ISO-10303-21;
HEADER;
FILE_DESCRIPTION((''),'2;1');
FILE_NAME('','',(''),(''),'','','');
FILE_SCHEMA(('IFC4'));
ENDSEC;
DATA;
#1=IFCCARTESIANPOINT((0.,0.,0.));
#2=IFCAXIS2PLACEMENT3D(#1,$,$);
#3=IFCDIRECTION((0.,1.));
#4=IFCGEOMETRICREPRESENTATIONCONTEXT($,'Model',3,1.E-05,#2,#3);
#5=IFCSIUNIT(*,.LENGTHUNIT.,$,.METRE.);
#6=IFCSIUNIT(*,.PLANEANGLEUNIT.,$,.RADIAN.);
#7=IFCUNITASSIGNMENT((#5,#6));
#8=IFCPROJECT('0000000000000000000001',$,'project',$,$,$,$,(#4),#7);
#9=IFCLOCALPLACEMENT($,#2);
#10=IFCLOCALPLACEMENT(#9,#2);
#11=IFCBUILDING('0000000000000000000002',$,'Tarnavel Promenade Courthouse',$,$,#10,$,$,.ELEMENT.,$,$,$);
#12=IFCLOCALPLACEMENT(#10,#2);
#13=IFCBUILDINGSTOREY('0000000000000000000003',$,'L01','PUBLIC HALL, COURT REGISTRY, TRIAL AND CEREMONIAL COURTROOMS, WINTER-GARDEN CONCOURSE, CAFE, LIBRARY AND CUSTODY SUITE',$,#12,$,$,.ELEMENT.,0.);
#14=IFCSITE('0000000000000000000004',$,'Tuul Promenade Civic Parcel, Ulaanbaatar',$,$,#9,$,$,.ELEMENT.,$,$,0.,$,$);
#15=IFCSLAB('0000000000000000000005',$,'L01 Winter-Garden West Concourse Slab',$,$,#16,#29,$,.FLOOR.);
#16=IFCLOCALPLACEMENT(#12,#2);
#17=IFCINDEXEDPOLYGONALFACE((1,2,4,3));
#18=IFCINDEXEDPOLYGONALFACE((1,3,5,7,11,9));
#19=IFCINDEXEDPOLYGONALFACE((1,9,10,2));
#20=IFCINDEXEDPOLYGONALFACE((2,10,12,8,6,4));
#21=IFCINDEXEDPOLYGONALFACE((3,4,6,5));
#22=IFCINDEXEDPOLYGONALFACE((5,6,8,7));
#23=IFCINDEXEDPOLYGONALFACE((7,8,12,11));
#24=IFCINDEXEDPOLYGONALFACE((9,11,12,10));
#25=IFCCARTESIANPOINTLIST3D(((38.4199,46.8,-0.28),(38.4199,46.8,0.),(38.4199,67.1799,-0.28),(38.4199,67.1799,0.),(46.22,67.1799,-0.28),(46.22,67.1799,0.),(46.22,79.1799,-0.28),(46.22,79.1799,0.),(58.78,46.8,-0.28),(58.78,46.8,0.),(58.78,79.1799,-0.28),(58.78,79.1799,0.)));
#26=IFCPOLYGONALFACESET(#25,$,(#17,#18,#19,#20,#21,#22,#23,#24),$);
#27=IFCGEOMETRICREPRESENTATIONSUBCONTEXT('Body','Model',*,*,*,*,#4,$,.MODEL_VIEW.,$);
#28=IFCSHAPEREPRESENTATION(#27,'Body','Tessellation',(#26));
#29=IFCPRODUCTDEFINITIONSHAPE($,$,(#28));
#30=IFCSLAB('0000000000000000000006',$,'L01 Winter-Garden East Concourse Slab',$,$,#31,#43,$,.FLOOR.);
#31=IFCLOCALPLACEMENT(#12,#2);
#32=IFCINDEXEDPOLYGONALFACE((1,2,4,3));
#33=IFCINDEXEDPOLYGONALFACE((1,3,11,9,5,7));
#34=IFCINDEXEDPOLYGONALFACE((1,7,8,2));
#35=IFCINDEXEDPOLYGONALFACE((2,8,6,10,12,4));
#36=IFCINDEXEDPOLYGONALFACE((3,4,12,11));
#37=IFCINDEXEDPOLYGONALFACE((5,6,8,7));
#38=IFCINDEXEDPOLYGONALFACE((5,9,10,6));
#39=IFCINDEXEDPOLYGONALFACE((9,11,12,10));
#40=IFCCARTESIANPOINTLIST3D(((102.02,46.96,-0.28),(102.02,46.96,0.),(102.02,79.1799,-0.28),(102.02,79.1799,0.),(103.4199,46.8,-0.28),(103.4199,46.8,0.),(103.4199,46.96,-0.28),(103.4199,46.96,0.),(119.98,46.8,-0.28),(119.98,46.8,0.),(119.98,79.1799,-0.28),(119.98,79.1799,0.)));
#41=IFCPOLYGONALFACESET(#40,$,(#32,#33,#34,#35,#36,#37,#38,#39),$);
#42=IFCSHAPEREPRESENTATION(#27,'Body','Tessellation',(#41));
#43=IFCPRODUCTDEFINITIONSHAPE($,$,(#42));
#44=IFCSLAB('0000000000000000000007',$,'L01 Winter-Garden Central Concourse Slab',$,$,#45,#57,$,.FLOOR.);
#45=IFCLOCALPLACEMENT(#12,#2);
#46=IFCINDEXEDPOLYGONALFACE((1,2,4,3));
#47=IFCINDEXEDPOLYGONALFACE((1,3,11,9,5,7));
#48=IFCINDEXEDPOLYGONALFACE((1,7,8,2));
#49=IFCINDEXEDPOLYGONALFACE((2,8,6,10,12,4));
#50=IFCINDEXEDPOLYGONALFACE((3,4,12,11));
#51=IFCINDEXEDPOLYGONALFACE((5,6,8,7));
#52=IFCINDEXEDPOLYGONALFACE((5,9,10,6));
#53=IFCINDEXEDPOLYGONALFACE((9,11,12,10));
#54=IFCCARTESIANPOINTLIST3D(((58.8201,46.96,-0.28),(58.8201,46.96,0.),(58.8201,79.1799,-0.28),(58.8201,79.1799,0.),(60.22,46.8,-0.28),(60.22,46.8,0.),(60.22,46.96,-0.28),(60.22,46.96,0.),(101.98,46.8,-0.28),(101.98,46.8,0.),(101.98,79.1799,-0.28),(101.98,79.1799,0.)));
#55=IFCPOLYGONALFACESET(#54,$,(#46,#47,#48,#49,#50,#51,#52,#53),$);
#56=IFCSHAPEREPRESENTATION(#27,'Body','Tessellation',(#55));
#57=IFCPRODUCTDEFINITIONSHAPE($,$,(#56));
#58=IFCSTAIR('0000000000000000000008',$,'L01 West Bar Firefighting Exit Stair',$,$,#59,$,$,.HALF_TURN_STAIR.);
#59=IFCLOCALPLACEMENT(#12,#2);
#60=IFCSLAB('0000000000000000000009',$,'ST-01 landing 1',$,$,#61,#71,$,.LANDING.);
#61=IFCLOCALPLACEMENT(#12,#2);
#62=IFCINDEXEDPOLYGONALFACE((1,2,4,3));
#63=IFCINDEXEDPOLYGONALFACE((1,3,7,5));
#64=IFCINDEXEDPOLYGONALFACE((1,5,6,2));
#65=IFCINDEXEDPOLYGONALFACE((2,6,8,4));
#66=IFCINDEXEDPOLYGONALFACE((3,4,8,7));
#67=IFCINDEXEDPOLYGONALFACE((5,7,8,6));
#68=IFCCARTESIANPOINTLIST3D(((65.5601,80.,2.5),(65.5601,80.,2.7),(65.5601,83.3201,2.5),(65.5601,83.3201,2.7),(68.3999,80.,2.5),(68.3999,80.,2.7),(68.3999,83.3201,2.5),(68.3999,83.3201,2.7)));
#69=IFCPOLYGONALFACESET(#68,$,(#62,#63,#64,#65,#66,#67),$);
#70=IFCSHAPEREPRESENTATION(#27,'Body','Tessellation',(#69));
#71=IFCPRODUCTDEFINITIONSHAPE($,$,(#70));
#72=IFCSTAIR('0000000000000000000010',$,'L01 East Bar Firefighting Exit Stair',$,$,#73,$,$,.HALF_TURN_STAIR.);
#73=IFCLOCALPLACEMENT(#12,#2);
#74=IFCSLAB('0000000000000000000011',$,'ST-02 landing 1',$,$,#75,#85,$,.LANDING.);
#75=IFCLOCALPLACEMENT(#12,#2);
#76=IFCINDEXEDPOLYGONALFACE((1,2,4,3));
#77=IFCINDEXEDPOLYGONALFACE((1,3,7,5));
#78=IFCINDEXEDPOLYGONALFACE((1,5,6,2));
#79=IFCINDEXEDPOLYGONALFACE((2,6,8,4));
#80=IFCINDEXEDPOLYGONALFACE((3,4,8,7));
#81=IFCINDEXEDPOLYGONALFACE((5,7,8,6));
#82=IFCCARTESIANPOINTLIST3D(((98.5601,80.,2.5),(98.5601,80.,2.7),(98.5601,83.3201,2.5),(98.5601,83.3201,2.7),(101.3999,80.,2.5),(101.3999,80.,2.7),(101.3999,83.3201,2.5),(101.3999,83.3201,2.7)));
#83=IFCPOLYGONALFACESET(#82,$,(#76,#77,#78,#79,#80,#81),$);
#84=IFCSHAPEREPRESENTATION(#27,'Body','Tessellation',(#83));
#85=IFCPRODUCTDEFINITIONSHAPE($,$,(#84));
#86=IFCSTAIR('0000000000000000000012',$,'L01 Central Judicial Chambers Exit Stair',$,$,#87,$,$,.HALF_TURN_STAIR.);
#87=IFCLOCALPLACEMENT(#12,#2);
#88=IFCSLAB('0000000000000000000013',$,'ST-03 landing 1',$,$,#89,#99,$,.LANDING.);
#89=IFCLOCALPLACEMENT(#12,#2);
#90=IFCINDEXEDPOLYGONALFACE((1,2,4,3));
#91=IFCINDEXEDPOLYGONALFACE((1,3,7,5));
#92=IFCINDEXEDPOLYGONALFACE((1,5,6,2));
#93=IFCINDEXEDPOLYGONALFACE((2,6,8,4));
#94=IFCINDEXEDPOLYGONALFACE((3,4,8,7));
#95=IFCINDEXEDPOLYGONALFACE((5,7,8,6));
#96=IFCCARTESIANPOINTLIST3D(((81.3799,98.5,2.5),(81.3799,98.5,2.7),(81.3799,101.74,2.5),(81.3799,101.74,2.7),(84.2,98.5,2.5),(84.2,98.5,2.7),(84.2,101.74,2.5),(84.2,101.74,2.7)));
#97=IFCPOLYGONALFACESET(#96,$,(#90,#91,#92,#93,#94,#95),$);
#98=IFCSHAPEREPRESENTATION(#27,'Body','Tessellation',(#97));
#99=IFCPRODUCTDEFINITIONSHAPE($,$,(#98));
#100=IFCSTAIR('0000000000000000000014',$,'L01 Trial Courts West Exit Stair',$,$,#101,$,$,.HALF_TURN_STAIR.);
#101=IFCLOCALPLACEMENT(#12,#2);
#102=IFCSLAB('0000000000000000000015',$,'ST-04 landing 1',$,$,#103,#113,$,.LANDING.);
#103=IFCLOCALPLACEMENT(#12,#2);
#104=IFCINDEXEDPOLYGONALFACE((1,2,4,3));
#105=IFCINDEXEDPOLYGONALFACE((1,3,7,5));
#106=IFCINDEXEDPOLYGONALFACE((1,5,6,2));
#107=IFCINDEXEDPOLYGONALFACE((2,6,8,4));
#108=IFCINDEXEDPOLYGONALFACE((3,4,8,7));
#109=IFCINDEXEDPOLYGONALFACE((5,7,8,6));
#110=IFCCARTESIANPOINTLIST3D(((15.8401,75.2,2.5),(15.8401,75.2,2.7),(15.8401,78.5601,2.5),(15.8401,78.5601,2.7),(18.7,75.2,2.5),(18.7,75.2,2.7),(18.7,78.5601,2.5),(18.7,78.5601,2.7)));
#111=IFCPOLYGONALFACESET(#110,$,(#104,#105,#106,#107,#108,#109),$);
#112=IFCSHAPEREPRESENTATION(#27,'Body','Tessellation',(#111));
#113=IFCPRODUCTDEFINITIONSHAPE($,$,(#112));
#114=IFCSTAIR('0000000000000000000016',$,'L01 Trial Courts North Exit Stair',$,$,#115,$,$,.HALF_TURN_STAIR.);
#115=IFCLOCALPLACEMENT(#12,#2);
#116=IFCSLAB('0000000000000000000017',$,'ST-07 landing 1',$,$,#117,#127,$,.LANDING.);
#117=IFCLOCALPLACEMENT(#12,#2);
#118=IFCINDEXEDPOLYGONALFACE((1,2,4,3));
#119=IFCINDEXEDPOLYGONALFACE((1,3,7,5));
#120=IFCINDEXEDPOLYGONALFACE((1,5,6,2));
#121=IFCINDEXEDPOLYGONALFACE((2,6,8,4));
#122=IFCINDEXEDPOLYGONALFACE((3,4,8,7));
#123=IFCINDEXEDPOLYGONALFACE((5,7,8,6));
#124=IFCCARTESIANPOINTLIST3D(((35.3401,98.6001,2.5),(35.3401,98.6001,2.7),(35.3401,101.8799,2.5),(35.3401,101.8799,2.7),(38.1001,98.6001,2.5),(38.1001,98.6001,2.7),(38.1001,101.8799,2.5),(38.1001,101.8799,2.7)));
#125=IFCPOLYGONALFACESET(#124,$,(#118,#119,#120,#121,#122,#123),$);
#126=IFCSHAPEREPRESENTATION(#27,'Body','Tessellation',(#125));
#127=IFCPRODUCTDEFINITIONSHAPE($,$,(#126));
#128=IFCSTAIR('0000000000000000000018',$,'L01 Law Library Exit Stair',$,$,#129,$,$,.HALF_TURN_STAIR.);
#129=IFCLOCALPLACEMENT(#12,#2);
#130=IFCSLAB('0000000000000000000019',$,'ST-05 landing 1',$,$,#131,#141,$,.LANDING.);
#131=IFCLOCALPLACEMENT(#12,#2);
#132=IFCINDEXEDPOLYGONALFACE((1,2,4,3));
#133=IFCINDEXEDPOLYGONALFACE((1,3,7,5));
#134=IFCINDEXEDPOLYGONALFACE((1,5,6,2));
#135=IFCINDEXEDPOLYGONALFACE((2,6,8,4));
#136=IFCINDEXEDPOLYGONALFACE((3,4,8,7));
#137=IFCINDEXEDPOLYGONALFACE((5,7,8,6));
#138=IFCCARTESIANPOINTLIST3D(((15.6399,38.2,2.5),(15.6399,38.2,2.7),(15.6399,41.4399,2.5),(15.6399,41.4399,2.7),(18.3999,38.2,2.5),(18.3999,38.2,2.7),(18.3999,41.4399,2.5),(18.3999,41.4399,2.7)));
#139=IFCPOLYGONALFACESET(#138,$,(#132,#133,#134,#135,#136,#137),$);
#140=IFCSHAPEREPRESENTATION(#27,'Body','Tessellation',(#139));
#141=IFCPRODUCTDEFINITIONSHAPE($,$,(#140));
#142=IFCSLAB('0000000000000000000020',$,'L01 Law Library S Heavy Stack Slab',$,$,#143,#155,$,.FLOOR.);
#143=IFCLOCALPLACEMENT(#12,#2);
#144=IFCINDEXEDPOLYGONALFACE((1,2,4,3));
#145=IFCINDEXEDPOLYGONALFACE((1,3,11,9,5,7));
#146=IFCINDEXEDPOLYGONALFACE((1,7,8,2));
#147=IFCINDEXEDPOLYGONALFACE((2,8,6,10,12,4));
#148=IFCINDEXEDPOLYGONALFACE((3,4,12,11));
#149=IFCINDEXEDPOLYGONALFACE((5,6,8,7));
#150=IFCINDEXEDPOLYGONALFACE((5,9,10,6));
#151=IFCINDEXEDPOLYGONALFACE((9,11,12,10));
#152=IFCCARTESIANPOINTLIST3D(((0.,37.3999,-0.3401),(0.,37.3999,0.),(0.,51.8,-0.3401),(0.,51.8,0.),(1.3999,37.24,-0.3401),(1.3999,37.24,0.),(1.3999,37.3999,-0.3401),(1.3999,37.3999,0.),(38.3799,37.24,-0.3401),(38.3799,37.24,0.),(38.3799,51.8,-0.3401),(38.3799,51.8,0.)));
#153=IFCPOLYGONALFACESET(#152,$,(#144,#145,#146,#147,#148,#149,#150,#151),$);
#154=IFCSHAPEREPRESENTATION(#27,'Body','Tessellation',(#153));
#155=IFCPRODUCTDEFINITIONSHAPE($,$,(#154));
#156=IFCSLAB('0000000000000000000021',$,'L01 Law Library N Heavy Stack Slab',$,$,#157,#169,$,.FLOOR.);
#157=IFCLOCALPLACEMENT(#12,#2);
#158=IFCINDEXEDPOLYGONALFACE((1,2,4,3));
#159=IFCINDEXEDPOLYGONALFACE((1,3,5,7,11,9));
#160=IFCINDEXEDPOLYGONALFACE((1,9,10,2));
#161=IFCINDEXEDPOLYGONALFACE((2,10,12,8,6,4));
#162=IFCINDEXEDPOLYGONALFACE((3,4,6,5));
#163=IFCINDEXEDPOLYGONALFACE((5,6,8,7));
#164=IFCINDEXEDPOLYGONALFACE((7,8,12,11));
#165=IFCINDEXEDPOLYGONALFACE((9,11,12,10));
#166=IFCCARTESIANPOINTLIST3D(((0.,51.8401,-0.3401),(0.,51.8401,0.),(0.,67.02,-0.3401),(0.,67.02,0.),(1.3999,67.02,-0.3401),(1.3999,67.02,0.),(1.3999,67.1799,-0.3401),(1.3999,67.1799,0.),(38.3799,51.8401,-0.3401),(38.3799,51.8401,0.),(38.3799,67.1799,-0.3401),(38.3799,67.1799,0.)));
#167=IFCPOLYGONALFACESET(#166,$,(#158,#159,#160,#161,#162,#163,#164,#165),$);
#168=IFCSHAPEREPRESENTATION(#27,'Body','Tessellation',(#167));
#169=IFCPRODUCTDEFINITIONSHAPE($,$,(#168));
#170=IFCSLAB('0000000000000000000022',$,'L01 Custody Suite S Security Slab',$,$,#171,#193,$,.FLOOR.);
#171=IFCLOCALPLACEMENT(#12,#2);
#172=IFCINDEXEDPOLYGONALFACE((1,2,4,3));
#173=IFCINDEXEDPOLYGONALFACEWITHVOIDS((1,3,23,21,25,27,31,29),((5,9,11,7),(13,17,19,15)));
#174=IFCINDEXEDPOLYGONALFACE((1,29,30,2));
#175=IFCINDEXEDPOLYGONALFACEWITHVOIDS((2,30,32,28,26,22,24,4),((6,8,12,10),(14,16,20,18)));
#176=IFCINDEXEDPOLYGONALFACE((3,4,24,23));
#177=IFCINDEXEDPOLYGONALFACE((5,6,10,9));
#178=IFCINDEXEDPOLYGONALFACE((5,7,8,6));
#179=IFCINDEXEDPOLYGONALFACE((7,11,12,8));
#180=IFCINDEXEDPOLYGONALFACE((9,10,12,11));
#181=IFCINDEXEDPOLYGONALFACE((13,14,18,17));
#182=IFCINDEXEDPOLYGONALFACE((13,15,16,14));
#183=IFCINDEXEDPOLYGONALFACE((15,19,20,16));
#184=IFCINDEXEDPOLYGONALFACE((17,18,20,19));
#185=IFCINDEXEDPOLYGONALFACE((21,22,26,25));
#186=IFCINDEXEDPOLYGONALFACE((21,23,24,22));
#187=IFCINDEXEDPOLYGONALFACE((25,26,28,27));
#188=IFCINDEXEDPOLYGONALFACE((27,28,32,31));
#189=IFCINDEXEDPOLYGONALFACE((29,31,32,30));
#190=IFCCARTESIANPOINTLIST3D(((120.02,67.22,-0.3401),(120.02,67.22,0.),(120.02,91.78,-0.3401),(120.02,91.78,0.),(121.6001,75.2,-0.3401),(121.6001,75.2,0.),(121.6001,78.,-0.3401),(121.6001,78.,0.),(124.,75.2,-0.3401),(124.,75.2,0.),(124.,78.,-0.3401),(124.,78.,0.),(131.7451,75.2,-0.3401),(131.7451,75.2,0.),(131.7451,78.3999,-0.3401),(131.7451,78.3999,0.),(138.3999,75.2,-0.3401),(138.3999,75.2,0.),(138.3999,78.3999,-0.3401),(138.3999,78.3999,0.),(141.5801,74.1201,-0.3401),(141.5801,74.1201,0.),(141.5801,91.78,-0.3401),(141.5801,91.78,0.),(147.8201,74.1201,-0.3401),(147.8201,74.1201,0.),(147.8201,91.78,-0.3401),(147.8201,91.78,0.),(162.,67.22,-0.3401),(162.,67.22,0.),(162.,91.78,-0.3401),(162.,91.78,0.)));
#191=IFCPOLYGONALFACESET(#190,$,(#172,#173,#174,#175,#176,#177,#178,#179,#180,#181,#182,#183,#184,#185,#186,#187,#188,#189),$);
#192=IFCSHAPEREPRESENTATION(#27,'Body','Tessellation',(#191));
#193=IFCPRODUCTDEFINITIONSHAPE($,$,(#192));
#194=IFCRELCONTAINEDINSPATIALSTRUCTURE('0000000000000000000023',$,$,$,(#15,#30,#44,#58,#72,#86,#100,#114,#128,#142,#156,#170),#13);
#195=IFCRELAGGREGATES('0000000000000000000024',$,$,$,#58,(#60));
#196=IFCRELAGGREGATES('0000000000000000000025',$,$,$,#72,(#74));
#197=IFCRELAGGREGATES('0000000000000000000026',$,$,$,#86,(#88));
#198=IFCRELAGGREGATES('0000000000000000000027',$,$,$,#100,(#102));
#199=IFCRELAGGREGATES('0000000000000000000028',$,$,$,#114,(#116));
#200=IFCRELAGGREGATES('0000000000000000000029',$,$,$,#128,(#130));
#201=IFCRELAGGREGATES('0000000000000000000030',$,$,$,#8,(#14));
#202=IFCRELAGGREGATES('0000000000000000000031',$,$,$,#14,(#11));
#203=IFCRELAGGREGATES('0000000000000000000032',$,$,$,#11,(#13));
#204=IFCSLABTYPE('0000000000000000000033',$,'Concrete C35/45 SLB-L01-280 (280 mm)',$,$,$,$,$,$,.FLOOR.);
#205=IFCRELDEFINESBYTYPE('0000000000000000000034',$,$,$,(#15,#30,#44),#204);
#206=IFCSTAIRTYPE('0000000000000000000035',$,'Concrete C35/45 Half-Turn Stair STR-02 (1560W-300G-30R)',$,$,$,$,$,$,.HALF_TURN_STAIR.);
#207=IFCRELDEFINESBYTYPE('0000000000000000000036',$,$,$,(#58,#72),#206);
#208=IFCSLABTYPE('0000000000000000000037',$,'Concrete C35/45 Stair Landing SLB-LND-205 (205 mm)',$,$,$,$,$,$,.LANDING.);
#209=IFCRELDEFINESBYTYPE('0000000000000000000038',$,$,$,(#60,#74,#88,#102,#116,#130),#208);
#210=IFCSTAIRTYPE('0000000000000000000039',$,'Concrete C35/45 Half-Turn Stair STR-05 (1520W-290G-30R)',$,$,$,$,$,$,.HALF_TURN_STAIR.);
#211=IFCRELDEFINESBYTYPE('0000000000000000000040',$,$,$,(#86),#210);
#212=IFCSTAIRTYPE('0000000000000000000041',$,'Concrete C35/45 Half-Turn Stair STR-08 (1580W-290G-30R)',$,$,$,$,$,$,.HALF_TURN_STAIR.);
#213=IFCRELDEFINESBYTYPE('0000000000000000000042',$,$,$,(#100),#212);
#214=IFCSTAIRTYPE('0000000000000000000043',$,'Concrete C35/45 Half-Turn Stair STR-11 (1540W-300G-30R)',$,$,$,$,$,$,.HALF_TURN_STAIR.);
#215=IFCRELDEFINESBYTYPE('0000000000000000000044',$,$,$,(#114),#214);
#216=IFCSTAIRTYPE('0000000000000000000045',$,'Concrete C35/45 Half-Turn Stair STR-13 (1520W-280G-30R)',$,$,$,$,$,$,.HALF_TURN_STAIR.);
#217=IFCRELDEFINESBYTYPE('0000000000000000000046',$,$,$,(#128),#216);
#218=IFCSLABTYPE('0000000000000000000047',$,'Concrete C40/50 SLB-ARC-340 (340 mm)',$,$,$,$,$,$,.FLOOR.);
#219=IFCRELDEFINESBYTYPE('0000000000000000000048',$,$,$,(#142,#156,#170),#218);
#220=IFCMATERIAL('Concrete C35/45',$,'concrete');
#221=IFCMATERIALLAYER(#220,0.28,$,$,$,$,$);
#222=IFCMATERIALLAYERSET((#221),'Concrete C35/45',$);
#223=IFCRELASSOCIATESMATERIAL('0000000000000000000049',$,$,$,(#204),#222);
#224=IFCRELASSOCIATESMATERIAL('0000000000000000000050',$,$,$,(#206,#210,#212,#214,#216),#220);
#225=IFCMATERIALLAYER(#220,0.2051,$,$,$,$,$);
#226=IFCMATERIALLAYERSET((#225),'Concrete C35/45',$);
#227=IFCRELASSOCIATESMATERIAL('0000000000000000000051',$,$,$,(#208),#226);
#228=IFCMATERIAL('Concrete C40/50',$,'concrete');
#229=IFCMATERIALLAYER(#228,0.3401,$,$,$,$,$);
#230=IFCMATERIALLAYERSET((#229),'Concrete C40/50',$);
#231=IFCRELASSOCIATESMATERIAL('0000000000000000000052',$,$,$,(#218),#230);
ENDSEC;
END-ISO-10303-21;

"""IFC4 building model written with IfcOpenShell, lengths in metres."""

from ifc_helpers import new_model, si_unit, direction, frame, origin, place, context, subcontext, project, spatial, polyline, outline, extrude, material, layer, layer_set, type_object, element, aggregate, save


model = new_model("IFC4")

# Units and contexts
model_context = context("Model", 3, precision=1e-05, world=origin(), true_north=direction((0.0, 1.0)))
body_context = subcontext(model_context, "Body", "Model", "MODEL_VIEW")
ifc_project = project(units=[si_unit("LENGTHUNIT", "METRE"), si_unit("PLANEANGLEUNIT", "RADIAN")], contexts=[model_context])

# Site, building, storey
site_placement = place(None, origin())
site = spatial("IfcSite", under=ifc_project, at=site_placement, Name="Tuul Promenade Civic Parcel, Ulaanbaatar", CompositionType="ELEMENT", RefElevation=0.0)
building_placement = place(site_placement, origin())
building = spatial("IfcBuilding", under=site, at=building_placement, Name="Tarnavel Promenade Courthouse", CompositionType="ELEMENT")
storey_placement = place(building_placement, origin())
storey = spatial("IfcBuildingStorey", under=building, at=storey_placement, Name="L01", Description="PUBLIC HALL, COURT REGISTRY, TRIAL AND CEREMONIAL COURTROOMS, WINTER-GARDEN CONCOURSE, CAFE, LIBRARY AND CUSTODY SUITE", CompositionType="ELEMENT", Elevation=0.0)

# Shared definitions
ifc_material_1 = material(Name="Concrete C40/50", Category="concrete")

# Slabs
ifc_material_2 = material(Name="Concrete C35/45", Category="concrete")
ifc_layer_1 = layer(ifc_material_2, 0.28)
ifc_layer_set_1 = layer_set([ifc_layer_1], Name="Concrete C35/45")
slab_type_1 = type_object("IfcSlabType", Name="Concrete C35/45 SLB-L01-280 (280 mm)", PredefinedType="FLOOR", material=ifc_layer_set_1)
slab_1_placement = place(storey_placement, frame((0.0, 0.0, -0.28)))
element("IfcSlab", 1, at=slab_1_placement, inside=storey, type_object=slab_type_1, Name="L01 Winter-Garden West Concourse Slab", PredefinedType="FLOOR", context=body_context, shape_type="SweptSolid", body=[
    extrude(outline(polyline([(38.4199, 46.8), (58.78, 46.8), (58.78, 79.1799), (46.22, 79.1799), (46.22, 67.1799), (38.4199, 67.1799), (38.4199, 46.8)])), origin(), (0.0, 0.0, 1.0), 0.28),
])
slab_2_placement = place(storey_placement, frame((0.0, 0.0, -0.28)))
element("IfcSlab", 2, at=slab_2_placement, inside=storey, type_object=slab_type_1, Name="L01 Winter-Garden East Concourse Slab", PredefinedType="FLOOR", context=body_context, shape_type="SweptSolid", body=[
    extrude(outline(polyline([(102.02, 46.96), (103.4199, 46.96), (103.4199, 46.8), (119.98, 46.8), (119.98, 79.1799), (102.02, 79.1799), (102.02, 46.96)])), origin(), (0.0, 0.0, 1.0), 0.28),
])
slab_3_placement = place(storey_placement, frame((0.0, 0.0, -0.28)))
element("IfcSlab", 3, at=slab_3_placement, inside=storey, type_object=slab_type_1, Name="L01 Winter-Garden Central Concourse Slab", PredefinedType="FLOOR", context=body_context, shape_type="SweptSolid", body=[
    extrude(outline(polyline([(58.8201, 46.96), (60.22, 46.96), (60.22, 46.8), (101.98, 46.8), (101.98, 79.1799), (58.8201, 79.1799), (58.8201, 46.96)])), origin(), (0.0, 0.0, 1.0), 0.28),
])

# Stairs, slabs
stair_type_1 = type_object("IfcStairType", Name="Concrete C35/45 Half-Turn Stair STR-02 (1560W-300G-30R)", PredefinedType="HALF_TURN_STAIR", material=ifc_material_2)
stair_1_placement = place(storey_placement, origin())
stair_1 = element("IfcStair", 4, at=stair_1_placement, inside=storey, type_object=stair_type_1, Name="L01 West Bar Firefighting Exit Stair", PredefinedType="HALF_TURN_STAIR")
ifc_layer_2 = layer(ifc_material_2, 0.2051)
ifc_layer_set_2 = layer_set([ifc_layer_2], Name="Concrete C35/45")
slab_type_2 = type_object("IfcSlabType", Name="Concrete C35/45 Stair Landing SLB-LND-205 (205 mm)", PredefinedType="LANDING", material=ifc_layer_set_2)
slab_4_placement = place(storey_placement, frame((0.0, 0.0, 2.5)))
slab_4 = element("IfcSlab", 5, at=slab_4_placement, type_object=slab_type_2, Name="ST-01 landing 1", PredefinedType="LANDING", context=body_context, shape_type="SweptSolid", body=[
    extrude(outline(polyline([(65.5601, 80.0), (68.3999, 80.0), (68.3999, 83.3201), (65.5601, 83.3201), (65.5601, 80.0)])), origin(), (0.0, 0.0, 1.0), 0.2),
])
aggregate(stair_1, [slab_4])
stair_2_placement = place(storey_placement, origin())
stair_2 = element("IfcStair", 6, at=stair_2_placement, inside=storey, type_object=stair_type_1, Name="L01 East Bar Firefighting Exit Stair", PredefinedType="HALF_TURN_STAIR")
slab_5_placement = place(storey_placement, frame((0.0, 0.0, 2.5)))
slab_5 = element("IfcSlab", 7, at=slab_5_placement, type_object=slab_type_2, Name="ST-02 landing 1", PredefinedType="LANDING", context=body_context, shape_type="SweptSolid", body=[
    extrude(outline(polyline([(98.5601, 80.0), (101.3999, 80.0), (101.3999, 83.3201), (98.5601, 83.3201), (98.5601, 80.0)])), origin(), (0.0, 0.0, 1.0), 0.2),
])
aggregate(stair_2, [slab_5])
stair_type_2 = type_object("IfcStairType", Name="Concrete C35/45 Half-Turn Stair STR-05 (1520W-290G-30R)", PredefinedType="HALF_TURN_STAIR", material=ifc_material_2)
stair_3_placement = place(storey_placement, origin())
stair_3 = element("IfcStair", 8, at=stair_3_placement, inside=storey, type_object=stair_type_2, Name="L01 Central Judicial Chambers Exit Stair", PredefinedType="HALF_TURN_STAIR")
slab_6_placement = place(storey_placement, frame((0.0, 0.0, 2.5)))
slab_6 = element("IfcSlab", 9, at=slab_6_placement, type_object=slab_type_2, Name="ST-03 landing 1", PredefinedType="LANDING", context=body_context, shape_type="SweptSolid", body=[
    extrude(outline(polyline([(81.3799, 98.5), (84.2, 98.5), (84.2, 101.74), (81.3799, 101.74), (81.3799, 98.5)])), origin(), (0.0, 0.0, 1.0), 0.2),
])
aggregate(stair_3, [slab_6])
stair_type_3 = type_object("IfcStairType", Name="Concrete C35/45 Half-Turn Stair STR-08 (1580W-290G-30R)", PredefinedType="HALF_TURN_STAIR", material=ifc_material_2)
stair_4_placement = place(storey_placement, origin())
stair_4 = element("IfcStair", 10, at=stair_4_placement, inside=storey, type_object=stair_type_3, Name="L01 Trial Courts West Exit Stair", PredefinedType="HALF_TURN_STAIR")
slab_7_placement = place(storey_placement, frame((0.0, 0.0, 2.5)))
slab_7 = element("IfcSlab", 11, at=slab_7_placement, type_object=slab_type_2, Name="ST-04 landing 1", PredefinedType="LANDING", context=body_context, shape_type="SweptSolid", body=[
    extrude(outline(polyline([(15.8401, 75.2), (18.7, 75.2), (18.7, 78.5601), (15.8401, 78.5601), (15.8401, 75.2)])), origin(), (0.0, 0.0, 1.0), 0.2),
])
aggregate(stair_4, [slab_7])
stair_type_4 = type_object("IfcStairType", Name="Concrete C35/45 Half-Turn Stair STR-11 (1540W-300G-30R)", PredefinedType="HALF_TURN_STAIR", material=ifc_material_2)
stair_5_placement = place(storey_placement, origin())
stair_5 = element("IfcStair", 12, at=stair_5_placement, inside=storey, type_object=stair_type_4, Name="L01 Trial Courts North Exit Stair", PredefinedType="HALF_TURN_STAIR")
slab_8_placement = place(storey_placement, frame((0.0, 0.0, 2.5)))
slab_8 = element("IfcSlab", 13, at=slab_8_placement, type_object=slab_type_2, Name="ST-07 landing 1", PredefinedType="LANDING", context=body_context, shape_type="SweptSolid", body=[
    extrude(outline(polyline([(35.3401, 98.6001), (38.1001, 98.6001), (38.1001, 101.8799), (35.3401, 101.8799), (35.3401, 98.6001)])), origin(), (0.0, 0.0, 1.0), 0.2),
])
aggregate(stair_5, [slab_8])
stair_type_5 = type_object("IfcStairType", Name="Concrete C35/45 Half-Turn Stair STR-13 (1520W-280G-30R)", PredefinedType="HALF_TURN_STAIR", material=ifc_material_2)
stair_6_placement = place(storey_placement, origin())
stair_6 = element("IfcStair", 14, at=stair_6_placement, inside=storey, type_object=stair_type_5, Name="L01 Law Library Exit Stair", PredefinedType="HALF_TURN_STAIR")
slab_9_placement = place(storey_placement, frame((0.0, 0.0, 2.5)))
slab_9 = element("IfcSlab", 15, at=slab_9_placement, type_object=slab_type_2, Name="ST-05 landing 1", PredefinedType="LANDING", context=body_context, shape_type="SweptSolid", body=[
    extrude(outline(polyline([(15.6399, 38.2), (18.3999, 38.2), (18.3999, 41.4399), (15.6399, 41.4399), (15.6399, 38.2)])), origin(), (0.0, 0.0, 1.0), 0.2),
])
aggregate(stair_6, [slab_9])

# Slabs
ifc_layer_3 = layer(ifc_material_1, 0.3401)
ifc_layer_set_3 = layer_set([ifc_layer_3], Name="Concrete C40/50")
slab_type_3 = type_object("IfcSlabType", Name="Concrete C40/50 SLB-ARC-340 (340 mm)", PredefinedType="FLOOR", material=ifc_layer_set_3)
slab_10_placement = place(storey_placement, frame((0.0, 0.0, -0.3401)))
element("IfcSlab", 16, at=slab_10_placement, inside=storey, type_object=slab_type_3, Name="L01 Law Library S Heavy Stack Slab", PredefinedType="FLOOR", context=body_context, shape_type="SweptSolid", body=[
    extrude(outline(polyline([(0.0, 37.3999), (1.3999, 37.3999), (1.3999, 37.24), (38.3799, 37.24), (38.3799, 51.8), (0.0, 51.8), (0.0, 37.3999)])), origin(), (0.0, 0.0, 1.0), 0.3401),
])
slab_11_placement = place(storey_placement, frame((0.0, 0.0, -0.3401)))
element("IfcSlab", 17, at=slab_11_placement, inside=storey, type_object=slab_type_3, Name="L01 Law Library N Heavy Stack Slab", PredefinedType="FLOOR", context=body_context, shape_type="SweptSolid", body=[
    extrude(outline(polyline([(0.0, 51.8401), (38.3799, 51.8401), (38.3799, 67.1799), (1.3999, 67.1799), (1.3999, 67.02), (0.0, 67.02), (0.0, 51.8401)])), origin(), (0.0, 0.0, 1.0), 0.3401),
])
slab_12_placement = place(storey_placement, frame((0.0, 0.0, -0.3401)))
element("IfcSlab", 18, at=slab_12_placement, inside=storey, type_object=slab_type_3, Name="L01 Custody Suite S Security Slab", PredefinedType="FLOOR", context=body_context, shape_type="SweptSolid", body=[
    extrude(outline(polyline([(120.02, 67.22), (162.0, 67.22), (162.0, 91.78), (147.8201, 91.78), (147.8201, 74.1201), (141.5801, 74.1201), (141.5801, 91.78), (120.02, 91.78), (120.02, 67.22)]), holes=[polyline([(131.7451, 75.2), (138.3999, 75.2), (138.3999, 78.3999), (131.7451, 78.3999), (131.7451, 75.2)]), polyline([(121.6001, 75.2), (124.0, 75.2), (124.0, 78.0), (121.6001, 78.0), (121.6001, 75.2)])]), origin(), (0.0, 0.0, 1.0), 0.3401),
])

save(model, "model.ifc")
